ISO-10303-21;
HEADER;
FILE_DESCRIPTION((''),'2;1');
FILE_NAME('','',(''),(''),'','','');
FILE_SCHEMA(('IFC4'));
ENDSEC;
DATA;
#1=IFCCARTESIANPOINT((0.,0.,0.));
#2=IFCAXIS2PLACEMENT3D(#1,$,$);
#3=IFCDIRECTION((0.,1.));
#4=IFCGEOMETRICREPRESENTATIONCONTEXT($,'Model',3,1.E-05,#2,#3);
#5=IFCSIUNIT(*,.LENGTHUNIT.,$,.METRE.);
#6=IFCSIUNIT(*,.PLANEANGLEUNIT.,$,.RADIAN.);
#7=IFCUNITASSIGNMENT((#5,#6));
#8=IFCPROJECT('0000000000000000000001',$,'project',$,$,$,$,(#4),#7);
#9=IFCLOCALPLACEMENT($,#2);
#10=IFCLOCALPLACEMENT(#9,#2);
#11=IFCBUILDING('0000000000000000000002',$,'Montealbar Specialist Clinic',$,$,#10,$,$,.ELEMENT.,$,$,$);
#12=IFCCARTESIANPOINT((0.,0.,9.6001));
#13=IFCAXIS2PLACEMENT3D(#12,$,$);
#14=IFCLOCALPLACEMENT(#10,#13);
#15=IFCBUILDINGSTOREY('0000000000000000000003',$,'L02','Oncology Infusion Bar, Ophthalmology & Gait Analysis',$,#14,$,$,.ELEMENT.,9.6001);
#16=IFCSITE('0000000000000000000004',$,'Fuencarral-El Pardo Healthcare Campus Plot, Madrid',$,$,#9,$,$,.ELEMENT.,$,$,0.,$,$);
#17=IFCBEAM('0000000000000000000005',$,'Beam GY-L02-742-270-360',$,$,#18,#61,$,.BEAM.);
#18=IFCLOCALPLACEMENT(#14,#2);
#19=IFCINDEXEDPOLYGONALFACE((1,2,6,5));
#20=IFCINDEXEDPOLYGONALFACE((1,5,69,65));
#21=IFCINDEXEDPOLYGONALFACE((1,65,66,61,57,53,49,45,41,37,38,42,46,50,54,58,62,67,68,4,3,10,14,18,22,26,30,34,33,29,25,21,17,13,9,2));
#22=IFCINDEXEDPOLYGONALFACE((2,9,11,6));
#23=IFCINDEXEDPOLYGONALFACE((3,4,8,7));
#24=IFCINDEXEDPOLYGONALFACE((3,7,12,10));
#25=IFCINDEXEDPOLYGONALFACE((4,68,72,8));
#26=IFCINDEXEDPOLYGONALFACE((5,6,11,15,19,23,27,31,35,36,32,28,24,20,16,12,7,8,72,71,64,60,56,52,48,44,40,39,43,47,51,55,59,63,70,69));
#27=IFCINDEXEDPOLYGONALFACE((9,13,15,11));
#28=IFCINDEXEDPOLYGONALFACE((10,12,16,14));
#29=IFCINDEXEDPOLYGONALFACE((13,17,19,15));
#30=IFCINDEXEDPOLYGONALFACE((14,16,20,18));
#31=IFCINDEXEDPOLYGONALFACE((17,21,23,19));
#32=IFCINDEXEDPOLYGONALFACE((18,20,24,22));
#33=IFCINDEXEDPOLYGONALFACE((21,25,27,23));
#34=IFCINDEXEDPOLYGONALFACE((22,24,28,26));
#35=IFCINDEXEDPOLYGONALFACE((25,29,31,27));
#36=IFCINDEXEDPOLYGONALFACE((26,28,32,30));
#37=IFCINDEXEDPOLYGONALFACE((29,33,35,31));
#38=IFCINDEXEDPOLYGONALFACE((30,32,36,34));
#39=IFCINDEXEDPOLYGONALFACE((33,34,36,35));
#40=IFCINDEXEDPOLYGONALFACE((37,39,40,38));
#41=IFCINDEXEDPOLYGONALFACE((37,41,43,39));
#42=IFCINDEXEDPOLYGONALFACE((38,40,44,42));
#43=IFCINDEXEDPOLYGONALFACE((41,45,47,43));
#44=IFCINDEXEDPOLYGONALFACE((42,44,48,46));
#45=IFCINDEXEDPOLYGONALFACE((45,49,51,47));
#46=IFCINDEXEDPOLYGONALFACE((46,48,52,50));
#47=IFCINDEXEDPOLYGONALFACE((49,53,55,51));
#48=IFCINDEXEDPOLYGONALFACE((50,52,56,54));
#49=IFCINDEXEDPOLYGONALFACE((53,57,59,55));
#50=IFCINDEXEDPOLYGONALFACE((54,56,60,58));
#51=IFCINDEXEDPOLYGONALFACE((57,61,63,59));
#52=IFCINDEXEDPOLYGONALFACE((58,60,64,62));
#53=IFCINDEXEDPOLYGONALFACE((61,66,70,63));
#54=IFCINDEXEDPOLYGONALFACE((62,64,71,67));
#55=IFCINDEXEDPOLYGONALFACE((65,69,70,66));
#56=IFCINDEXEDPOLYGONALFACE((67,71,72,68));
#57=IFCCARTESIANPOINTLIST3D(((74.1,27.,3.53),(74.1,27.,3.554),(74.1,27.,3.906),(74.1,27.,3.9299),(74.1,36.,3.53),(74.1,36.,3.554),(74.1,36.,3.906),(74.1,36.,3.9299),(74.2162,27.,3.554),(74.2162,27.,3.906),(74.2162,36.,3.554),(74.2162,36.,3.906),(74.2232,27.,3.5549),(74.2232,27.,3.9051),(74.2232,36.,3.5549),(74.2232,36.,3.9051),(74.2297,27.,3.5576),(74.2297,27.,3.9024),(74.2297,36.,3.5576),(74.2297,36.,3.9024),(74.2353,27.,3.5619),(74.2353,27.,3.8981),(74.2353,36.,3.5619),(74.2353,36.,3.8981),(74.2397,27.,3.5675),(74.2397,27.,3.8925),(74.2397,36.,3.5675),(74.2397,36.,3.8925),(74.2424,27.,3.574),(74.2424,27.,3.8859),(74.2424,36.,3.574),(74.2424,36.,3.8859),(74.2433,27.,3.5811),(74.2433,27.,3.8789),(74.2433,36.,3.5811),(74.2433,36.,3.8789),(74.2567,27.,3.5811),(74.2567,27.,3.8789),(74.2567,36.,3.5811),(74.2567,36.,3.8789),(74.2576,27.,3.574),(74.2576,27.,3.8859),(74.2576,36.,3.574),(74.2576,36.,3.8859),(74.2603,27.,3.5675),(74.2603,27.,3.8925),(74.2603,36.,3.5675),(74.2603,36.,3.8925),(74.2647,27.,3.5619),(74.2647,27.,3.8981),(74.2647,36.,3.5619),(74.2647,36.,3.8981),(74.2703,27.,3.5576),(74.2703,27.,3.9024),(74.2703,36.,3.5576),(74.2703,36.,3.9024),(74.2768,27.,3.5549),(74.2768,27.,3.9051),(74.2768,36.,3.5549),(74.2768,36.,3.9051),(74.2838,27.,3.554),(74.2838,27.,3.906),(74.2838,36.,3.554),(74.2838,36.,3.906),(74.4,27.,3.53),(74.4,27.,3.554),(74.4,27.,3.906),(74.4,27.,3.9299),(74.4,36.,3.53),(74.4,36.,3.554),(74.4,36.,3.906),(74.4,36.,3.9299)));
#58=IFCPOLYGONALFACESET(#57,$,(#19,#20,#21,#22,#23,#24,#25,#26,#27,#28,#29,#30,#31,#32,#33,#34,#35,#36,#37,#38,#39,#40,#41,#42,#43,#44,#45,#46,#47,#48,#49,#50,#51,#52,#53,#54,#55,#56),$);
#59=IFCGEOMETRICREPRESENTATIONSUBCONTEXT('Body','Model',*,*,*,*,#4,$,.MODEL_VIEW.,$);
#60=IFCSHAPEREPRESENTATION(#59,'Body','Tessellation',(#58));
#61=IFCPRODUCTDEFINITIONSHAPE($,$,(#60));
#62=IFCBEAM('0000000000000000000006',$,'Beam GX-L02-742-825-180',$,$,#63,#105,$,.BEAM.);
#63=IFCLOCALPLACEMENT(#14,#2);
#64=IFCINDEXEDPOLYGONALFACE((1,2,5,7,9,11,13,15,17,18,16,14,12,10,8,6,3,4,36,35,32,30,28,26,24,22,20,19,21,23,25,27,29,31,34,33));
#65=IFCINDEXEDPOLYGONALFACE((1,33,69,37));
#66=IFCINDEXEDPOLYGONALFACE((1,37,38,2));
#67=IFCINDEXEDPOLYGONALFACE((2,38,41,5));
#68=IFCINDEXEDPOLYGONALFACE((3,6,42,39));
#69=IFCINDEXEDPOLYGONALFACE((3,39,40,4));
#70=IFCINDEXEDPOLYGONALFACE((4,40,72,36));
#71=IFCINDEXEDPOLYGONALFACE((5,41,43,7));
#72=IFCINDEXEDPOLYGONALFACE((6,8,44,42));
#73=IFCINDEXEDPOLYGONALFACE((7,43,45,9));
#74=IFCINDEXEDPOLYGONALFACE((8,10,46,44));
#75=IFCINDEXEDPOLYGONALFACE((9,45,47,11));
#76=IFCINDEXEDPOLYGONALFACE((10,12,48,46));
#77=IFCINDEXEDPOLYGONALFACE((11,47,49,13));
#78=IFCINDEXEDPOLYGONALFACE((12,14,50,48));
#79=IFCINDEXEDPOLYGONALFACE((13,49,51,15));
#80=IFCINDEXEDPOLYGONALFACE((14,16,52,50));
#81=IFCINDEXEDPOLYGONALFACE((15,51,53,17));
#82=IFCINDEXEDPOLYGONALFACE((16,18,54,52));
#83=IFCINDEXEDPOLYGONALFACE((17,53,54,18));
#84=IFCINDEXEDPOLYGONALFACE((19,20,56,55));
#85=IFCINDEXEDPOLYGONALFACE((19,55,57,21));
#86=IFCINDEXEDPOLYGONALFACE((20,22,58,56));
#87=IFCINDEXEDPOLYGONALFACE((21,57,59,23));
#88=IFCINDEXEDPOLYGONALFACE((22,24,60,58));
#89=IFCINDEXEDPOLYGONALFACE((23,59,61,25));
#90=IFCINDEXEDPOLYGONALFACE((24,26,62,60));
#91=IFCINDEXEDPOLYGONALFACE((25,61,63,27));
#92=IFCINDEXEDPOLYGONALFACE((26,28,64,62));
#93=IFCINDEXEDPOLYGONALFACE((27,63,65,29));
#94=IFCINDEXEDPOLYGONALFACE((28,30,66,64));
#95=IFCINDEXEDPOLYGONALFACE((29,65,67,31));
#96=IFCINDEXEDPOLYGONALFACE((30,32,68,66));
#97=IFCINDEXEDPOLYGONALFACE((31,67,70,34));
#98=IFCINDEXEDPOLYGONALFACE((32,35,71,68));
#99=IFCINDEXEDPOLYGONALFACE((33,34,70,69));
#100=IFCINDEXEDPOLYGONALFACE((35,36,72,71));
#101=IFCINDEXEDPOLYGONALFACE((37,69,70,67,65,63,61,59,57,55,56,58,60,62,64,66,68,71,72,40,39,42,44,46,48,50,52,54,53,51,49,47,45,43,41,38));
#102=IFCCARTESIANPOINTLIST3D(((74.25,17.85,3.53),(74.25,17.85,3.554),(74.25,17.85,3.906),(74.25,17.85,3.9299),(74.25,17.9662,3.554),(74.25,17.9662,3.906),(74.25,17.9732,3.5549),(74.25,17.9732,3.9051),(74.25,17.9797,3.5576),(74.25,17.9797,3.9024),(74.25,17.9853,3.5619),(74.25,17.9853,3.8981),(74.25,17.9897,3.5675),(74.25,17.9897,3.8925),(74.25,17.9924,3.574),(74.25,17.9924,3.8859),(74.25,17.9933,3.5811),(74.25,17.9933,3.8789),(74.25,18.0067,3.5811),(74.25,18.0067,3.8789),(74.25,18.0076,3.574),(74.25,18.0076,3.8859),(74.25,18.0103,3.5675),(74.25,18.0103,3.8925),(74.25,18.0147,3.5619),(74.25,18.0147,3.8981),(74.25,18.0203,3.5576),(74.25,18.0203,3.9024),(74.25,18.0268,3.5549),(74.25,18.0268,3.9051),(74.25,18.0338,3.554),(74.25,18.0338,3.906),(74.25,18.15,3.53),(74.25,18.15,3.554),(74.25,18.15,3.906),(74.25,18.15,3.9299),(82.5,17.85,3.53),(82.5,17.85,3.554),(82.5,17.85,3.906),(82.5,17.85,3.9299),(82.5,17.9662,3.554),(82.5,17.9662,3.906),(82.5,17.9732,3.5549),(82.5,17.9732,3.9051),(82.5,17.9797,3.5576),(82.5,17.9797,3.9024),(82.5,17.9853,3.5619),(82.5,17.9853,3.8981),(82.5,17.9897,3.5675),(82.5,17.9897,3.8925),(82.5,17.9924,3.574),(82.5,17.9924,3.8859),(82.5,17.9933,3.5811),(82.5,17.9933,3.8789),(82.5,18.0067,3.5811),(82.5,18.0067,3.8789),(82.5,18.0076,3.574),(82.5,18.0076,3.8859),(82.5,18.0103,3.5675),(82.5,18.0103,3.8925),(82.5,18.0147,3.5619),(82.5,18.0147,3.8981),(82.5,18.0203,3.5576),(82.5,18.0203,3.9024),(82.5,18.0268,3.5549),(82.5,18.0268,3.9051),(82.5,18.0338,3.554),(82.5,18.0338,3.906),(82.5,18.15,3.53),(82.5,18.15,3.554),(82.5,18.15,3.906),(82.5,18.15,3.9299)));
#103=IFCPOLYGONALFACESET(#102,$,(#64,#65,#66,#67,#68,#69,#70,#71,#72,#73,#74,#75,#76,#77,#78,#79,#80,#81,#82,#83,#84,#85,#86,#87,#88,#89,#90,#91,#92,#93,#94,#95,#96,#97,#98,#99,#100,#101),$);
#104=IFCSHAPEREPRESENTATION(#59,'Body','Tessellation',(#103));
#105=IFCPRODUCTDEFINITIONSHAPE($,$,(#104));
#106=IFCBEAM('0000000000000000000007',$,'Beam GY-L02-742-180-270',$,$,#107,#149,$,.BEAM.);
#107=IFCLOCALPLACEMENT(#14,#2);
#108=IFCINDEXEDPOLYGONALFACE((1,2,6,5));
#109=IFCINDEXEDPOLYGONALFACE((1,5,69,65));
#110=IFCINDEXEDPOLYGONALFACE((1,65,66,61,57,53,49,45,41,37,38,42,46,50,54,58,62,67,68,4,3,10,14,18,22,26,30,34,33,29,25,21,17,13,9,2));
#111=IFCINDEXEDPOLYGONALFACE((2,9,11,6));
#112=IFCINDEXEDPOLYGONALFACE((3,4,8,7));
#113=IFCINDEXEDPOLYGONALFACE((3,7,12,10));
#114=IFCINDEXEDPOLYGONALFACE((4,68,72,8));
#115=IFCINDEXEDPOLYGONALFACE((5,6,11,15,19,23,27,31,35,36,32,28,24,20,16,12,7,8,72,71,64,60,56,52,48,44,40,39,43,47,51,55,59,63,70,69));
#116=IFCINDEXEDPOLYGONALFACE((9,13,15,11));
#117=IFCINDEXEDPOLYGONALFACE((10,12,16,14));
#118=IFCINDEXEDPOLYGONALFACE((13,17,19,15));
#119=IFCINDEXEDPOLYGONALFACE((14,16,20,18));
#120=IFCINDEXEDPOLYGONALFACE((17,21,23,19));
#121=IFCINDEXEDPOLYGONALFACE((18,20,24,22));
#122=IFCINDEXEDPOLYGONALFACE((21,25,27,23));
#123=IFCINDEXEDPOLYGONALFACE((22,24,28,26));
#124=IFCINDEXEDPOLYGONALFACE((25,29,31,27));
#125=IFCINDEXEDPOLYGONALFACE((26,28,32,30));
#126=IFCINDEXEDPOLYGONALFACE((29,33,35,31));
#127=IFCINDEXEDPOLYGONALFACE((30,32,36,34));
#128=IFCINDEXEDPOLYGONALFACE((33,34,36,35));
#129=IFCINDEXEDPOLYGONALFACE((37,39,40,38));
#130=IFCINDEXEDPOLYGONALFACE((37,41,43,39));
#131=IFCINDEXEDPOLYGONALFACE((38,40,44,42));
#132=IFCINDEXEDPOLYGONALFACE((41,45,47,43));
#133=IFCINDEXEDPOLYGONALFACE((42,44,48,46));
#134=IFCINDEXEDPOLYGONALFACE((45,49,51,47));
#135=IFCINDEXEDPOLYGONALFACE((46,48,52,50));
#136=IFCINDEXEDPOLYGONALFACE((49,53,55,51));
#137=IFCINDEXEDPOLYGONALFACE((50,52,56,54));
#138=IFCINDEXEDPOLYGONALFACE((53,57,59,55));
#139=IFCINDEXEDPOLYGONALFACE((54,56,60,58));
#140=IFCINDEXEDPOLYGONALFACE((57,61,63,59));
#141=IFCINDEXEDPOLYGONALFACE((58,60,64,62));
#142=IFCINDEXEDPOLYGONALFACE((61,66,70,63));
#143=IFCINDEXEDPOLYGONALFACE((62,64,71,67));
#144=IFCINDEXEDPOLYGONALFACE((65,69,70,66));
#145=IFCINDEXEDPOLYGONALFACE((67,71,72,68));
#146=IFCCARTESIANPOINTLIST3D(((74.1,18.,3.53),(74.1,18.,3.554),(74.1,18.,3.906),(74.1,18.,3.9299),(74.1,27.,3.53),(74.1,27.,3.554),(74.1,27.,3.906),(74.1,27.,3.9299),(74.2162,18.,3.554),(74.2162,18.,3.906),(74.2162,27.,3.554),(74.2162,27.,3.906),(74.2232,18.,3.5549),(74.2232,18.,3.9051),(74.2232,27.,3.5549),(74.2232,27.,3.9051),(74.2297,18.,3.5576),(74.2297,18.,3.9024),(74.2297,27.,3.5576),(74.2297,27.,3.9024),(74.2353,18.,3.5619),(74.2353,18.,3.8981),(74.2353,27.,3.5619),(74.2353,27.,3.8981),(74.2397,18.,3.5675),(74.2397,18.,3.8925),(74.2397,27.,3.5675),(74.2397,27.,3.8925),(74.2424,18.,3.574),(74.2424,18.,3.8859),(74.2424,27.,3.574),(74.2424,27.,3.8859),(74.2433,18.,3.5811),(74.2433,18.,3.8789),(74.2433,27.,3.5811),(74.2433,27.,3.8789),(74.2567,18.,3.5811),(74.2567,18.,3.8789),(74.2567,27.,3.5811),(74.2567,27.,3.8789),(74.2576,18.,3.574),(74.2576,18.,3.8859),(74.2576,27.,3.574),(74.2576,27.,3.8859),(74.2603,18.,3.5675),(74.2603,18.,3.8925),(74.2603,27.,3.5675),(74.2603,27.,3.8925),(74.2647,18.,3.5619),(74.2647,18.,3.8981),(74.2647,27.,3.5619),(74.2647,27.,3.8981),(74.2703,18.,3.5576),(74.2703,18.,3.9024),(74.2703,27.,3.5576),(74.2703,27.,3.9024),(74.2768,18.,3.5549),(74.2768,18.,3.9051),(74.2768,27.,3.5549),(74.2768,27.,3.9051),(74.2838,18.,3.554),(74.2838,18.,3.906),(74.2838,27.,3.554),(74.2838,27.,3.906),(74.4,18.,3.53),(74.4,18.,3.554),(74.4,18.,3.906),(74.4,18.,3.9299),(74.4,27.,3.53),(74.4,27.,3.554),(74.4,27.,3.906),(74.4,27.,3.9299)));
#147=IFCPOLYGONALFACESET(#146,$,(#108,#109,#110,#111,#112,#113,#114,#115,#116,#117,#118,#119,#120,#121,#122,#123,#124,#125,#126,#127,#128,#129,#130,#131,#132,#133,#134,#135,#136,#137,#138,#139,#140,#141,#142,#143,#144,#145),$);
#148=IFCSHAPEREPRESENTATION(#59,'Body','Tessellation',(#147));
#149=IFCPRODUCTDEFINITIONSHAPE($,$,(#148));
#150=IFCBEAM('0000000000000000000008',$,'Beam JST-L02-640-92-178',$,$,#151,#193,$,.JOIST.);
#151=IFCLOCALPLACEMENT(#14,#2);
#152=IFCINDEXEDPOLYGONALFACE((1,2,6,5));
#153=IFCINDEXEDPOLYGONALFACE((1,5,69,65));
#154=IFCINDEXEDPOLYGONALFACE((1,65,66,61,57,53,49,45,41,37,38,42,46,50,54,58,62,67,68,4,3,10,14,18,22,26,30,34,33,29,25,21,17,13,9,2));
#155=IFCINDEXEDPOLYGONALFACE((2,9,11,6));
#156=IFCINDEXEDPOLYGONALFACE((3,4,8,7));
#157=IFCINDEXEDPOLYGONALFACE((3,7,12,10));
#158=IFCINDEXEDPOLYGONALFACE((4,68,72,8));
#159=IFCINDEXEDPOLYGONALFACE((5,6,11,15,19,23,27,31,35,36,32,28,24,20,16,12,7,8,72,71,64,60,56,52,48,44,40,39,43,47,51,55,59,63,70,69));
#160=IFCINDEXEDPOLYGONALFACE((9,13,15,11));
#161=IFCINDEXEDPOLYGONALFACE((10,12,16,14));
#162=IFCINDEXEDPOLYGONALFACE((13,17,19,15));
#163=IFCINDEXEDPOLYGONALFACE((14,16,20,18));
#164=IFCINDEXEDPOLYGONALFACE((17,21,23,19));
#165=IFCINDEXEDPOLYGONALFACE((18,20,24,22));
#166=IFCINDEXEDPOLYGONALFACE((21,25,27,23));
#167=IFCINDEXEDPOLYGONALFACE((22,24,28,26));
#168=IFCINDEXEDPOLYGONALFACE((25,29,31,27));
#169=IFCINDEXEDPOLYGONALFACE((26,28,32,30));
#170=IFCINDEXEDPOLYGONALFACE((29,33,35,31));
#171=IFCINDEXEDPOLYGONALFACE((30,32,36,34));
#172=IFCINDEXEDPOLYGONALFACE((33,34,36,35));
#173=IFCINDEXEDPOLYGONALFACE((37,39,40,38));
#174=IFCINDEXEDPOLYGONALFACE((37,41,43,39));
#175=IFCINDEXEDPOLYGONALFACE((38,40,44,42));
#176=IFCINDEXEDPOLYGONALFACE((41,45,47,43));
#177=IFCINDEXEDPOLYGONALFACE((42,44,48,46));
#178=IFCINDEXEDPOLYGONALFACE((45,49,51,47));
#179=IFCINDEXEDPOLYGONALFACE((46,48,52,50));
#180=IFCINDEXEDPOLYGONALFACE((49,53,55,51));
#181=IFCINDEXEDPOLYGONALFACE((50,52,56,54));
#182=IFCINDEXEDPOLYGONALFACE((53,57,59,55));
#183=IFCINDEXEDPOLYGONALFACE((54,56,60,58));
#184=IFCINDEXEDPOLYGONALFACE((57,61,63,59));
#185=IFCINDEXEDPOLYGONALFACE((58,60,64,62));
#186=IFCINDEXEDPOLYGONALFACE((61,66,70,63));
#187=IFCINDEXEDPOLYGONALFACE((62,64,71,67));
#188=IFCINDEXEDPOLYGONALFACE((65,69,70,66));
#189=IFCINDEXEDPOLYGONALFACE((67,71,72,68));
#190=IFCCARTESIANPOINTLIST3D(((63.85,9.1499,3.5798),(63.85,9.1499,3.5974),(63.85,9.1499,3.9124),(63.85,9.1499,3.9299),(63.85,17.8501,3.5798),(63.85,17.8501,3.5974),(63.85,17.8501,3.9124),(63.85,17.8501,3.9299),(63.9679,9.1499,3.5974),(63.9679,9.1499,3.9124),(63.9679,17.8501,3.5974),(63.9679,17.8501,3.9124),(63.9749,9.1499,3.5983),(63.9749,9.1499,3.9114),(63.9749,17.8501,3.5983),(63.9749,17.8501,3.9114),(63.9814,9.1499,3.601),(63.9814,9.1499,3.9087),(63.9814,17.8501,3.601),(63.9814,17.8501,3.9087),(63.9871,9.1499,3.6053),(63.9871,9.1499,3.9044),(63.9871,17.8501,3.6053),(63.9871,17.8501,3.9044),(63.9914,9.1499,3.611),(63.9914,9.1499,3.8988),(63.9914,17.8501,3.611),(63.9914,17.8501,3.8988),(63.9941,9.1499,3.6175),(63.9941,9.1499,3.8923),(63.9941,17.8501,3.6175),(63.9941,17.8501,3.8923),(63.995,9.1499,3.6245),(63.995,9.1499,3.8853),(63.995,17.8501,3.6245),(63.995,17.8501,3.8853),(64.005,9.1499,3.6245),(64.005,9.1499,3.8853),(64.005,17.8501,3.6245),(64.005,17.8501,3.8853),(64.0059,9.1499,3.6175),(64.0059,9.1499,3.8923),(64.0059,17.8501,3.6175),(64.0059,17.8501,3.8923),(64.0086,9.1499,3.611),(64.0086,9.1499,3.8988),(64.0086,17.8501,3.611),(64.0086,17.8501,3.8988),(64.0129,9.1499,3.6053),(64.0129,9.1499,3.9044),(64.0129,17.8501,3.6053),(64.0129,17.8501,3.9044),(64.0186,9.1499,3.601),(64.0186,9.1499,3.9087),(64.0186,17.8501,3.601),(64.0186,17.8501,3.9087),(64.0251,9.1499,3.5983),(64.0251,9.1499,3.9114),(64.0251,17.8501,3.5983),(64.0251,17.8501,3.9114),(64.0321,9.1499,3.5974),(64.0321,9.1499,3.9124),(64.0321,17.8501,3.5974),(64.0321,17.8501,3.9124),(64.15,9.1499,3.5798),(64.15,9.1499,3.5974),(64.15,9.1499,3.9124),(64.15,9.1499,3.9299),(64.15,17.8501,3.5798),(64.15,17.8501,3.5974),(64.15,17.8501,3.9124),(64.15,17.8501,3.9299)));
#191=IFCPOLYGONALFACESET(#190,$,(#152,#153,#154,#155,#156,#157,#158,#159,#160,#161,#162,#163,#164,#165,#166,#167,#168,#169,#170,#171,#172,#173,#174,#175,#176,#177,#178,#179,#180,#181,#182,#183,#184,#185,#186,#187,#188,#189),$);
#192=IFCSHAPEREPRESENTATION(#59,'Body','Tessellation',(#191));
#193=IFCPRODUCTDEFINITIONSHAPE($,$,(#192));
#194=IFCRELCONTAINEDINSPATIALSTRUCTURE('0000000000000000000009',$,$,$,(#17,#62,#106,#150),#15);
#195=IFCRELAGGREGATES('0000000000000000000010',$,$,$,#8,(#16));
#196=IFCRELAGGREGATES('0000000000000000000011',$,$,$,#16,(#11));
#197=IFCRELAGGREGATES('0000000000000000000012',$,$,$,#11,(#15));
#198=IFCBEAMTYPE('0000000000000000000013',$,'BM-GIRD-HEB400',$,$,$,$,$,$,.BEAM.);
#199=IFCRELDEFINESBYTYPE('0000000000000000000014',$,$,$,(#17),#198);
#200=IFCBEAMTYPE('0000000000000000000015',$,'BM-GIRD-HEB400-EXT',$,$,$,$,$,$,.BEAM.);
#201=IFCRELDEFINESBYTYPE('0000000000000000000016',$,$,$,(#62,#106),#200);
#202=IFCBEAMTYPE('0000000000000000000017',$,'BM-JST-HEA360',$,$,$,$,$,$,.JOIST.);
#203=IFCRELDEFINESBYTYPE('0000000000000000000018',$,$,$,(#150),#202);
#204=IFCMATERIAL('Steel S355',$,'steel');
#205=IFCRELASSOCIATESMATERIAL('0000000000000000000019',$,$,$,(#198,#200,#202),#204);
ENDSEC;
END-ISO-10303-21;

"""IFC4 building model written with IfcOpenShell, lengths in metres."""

from ifc_helpers import new_model, si_unit, direction, frame, origin, origin_2d, place, context, subcontext, project, spatial, i_section, extrude, material, material_profile, profile_set, type_object, element, save


model = new_model("IFC4")

# Units and contexts
model_context = context("Model", 3, precision=1e-05, world=origin(), true_north=direction((0.0, 1.0)))
body_context = subcontext(model_context, "Body", "Model", "MODEL_VIEW")
ifc_project = project(units=[si_unit("LENGTHUNIT", "METRE"), si_unit("PLANEANGLEUNIT", "RADIAN")], contexts=[model_context])

# Site, building, storey
site_placement = place(None, origin())
site = spatial("IfcSite", under=ifc_project, at=site_placement, Name="Fuencarral-El Pardo Healthcare Campus Plot, Madrid", CompositionType="ELEMENT", RefElevation=0.0)
building_placement = place(site_placement, origin())
building = spatial("IfcBuilding", under=site, at=building_placement, Name="Montealbar Specialist Clinic", CompositionType="ELEMENT")
storey_placement = place(building_placement, frame((0.0, 0.0, 9.6001)))
storey = spatial("IfcBuildingStorey", under=building, at=storey_placement, Name="L02", Description="Oncology Infusion Bar, Ophthalmology & Gait Analysis", CompositionType="ELEMENT", Elevation=9.6001)

# Shared definitions
ifc_material_1 = material(Name="Steel S355", Category="steel")

# Beams
ifc_material_profile_1 = material_profile(ifc_material_1, i_section(OverallWidth=0.3, OverallDepth=0.3999, WebThickness=0.0134, FlangeThickness=0.0239, FilletRadius=0.0271, at=origin_2d()), Name="HEB 400", Category="steel")
ifc_profile_set_1 = profile_set([ifc_material_profile_1], Name="Steel S355")
beam_type_1 = type_object("IfcBeamType", Name="BM-GIRD-HEB400", PredefinedType="BEAM", material=ifc_profile_set_1)
for number, where, z_axis, x_axis, name in (
    (1, (74.25, 27.0, 3.73), (0.0, 1.0, 0.0), (-1.0, 0.0, 0.0), "Beam GY-L02-742-270-360"),
):
    element("IfcBeam", number, at=place(storey_placement, frame(where, z_axis=z_axis, x_axis=x_axis)), inside=storey, type_object=beam_type_1, Name=name, PredefinedType="BEAM", context=body_context, shape_type="SweptSolid", body=[
        extrude(i_section(OverallWidth=0.3, OverallDepth=0.3999, WebThickness=0.0134, FlangeThickness=0.0239, FilletRadius=0.0271, at=origin_2d()), origin(), (0.0, 0.0, 1.0), 9.0),
    ])
ifc_material_profile_2 = material_profile(ifc_material_1, i_section(OverallWidth=0.3, OverallDepth=0.3999, WebThickness=0.0134, FlangeThickness=0.0239, FilletRadius=0.0271, at=origin_2d()), Name="HEB 400", Category="steel")
ifc_profile_set_2 = profile_set([ifc_material_profile_2], Name="Steel S355")
beam_type_2 = type_object("IfcBeamType", Name="BM-GIRD-HEB400-EXT", PredefinedType="BEAM", material=ifc_profile_set_2)
beam_1_placement = place(storey_placement, frame((74.25, 18.0, 3.73), z_axis=(1.0, 0.0, 0.0), x_axis=(0.0, 1.0, 0.0)))
element("IfcBeam", 2, at=beam_1_placement, inside=storey, type_object=beam_type_2, Name="Beam GX-L02-742-825-180", PredefinedType="BEAM", context=body_context, shape_type="SweptSolid", body=[
    extrude(i_section(OverallWidth=0.3, OverallDepth=0.3999, WebThickness=0.0134, FlangeThickness=0.0239, FilletRadius=0.0271, at=origin_2d()), origin(), (0.0, 0.0, 1.0), 8.25),
])
beam_2_placement = place(storey_placement, frame((74.25, 18.0, 3.73), z_axis=(0.0, 1.0, 0.0), x_axis=(-1.0, 0.0, 0.0)))
element("IfcBeam", 3, at=beam_2_placement, inside=storey, type_object=beam_type_2, Name="Beam GY-L02-742-180-270", PredefinedType="BEAM", context=body_context, shape_type="SweptSolid", body=[
    extrude(i_section(OverallWidth=0.3, OverallDepth=0.3999, WebThickness=0.0134, FlangeThickness=0.0239, FilletRadius=0.0271, at=origin_2d()), origin(), (0.0, 0.0, 1.0), 9.0),
])
ifc_material_profile_3 = material_profile(ifc_material_1, i_section(OverallWidth=0.3, OverallDepth=0.3501, WebThickness=0.01, FlangeThickness=0.0176, FilletRadius=0.0271, at=origin_2d()), Name="HEA 360", Category="steel")
ifc_profile_set_3 = profile_set([ifc_material_profile_3], Name="Steel S355")
beam_type_3 = type_object("IfcBeamType", Name="BM-JST-HEA360", PredefinedType="JOIST", material=ifc_profile_set_3)
beam_3_placement = place(storey_placement, frame((64.0, 9.1499, 3.7549), z_axis=(0.0, 1.0, 0.0), x_axis=(-1.0, 0.0, 0.0)))
element("IfcBeam", 4, at=beam_3_placement, inside=storey, type_object=beam_type_3, Name="Beam JST-L02-640-92-178", PredefinedType="JOIST", context=body_context, shape_type="SweptSolid", body=[
    extrude(i_section(OverallWidth=0.3, OverallDepth=0.3501, WebThickness=0.01, FlangeThickness=0.0176, FilletRadius=0.0271, at=origin_2d()), origin(), (0.0, 0.0, 1.0), 8.7002),
])

save(model, "model.ifc")
